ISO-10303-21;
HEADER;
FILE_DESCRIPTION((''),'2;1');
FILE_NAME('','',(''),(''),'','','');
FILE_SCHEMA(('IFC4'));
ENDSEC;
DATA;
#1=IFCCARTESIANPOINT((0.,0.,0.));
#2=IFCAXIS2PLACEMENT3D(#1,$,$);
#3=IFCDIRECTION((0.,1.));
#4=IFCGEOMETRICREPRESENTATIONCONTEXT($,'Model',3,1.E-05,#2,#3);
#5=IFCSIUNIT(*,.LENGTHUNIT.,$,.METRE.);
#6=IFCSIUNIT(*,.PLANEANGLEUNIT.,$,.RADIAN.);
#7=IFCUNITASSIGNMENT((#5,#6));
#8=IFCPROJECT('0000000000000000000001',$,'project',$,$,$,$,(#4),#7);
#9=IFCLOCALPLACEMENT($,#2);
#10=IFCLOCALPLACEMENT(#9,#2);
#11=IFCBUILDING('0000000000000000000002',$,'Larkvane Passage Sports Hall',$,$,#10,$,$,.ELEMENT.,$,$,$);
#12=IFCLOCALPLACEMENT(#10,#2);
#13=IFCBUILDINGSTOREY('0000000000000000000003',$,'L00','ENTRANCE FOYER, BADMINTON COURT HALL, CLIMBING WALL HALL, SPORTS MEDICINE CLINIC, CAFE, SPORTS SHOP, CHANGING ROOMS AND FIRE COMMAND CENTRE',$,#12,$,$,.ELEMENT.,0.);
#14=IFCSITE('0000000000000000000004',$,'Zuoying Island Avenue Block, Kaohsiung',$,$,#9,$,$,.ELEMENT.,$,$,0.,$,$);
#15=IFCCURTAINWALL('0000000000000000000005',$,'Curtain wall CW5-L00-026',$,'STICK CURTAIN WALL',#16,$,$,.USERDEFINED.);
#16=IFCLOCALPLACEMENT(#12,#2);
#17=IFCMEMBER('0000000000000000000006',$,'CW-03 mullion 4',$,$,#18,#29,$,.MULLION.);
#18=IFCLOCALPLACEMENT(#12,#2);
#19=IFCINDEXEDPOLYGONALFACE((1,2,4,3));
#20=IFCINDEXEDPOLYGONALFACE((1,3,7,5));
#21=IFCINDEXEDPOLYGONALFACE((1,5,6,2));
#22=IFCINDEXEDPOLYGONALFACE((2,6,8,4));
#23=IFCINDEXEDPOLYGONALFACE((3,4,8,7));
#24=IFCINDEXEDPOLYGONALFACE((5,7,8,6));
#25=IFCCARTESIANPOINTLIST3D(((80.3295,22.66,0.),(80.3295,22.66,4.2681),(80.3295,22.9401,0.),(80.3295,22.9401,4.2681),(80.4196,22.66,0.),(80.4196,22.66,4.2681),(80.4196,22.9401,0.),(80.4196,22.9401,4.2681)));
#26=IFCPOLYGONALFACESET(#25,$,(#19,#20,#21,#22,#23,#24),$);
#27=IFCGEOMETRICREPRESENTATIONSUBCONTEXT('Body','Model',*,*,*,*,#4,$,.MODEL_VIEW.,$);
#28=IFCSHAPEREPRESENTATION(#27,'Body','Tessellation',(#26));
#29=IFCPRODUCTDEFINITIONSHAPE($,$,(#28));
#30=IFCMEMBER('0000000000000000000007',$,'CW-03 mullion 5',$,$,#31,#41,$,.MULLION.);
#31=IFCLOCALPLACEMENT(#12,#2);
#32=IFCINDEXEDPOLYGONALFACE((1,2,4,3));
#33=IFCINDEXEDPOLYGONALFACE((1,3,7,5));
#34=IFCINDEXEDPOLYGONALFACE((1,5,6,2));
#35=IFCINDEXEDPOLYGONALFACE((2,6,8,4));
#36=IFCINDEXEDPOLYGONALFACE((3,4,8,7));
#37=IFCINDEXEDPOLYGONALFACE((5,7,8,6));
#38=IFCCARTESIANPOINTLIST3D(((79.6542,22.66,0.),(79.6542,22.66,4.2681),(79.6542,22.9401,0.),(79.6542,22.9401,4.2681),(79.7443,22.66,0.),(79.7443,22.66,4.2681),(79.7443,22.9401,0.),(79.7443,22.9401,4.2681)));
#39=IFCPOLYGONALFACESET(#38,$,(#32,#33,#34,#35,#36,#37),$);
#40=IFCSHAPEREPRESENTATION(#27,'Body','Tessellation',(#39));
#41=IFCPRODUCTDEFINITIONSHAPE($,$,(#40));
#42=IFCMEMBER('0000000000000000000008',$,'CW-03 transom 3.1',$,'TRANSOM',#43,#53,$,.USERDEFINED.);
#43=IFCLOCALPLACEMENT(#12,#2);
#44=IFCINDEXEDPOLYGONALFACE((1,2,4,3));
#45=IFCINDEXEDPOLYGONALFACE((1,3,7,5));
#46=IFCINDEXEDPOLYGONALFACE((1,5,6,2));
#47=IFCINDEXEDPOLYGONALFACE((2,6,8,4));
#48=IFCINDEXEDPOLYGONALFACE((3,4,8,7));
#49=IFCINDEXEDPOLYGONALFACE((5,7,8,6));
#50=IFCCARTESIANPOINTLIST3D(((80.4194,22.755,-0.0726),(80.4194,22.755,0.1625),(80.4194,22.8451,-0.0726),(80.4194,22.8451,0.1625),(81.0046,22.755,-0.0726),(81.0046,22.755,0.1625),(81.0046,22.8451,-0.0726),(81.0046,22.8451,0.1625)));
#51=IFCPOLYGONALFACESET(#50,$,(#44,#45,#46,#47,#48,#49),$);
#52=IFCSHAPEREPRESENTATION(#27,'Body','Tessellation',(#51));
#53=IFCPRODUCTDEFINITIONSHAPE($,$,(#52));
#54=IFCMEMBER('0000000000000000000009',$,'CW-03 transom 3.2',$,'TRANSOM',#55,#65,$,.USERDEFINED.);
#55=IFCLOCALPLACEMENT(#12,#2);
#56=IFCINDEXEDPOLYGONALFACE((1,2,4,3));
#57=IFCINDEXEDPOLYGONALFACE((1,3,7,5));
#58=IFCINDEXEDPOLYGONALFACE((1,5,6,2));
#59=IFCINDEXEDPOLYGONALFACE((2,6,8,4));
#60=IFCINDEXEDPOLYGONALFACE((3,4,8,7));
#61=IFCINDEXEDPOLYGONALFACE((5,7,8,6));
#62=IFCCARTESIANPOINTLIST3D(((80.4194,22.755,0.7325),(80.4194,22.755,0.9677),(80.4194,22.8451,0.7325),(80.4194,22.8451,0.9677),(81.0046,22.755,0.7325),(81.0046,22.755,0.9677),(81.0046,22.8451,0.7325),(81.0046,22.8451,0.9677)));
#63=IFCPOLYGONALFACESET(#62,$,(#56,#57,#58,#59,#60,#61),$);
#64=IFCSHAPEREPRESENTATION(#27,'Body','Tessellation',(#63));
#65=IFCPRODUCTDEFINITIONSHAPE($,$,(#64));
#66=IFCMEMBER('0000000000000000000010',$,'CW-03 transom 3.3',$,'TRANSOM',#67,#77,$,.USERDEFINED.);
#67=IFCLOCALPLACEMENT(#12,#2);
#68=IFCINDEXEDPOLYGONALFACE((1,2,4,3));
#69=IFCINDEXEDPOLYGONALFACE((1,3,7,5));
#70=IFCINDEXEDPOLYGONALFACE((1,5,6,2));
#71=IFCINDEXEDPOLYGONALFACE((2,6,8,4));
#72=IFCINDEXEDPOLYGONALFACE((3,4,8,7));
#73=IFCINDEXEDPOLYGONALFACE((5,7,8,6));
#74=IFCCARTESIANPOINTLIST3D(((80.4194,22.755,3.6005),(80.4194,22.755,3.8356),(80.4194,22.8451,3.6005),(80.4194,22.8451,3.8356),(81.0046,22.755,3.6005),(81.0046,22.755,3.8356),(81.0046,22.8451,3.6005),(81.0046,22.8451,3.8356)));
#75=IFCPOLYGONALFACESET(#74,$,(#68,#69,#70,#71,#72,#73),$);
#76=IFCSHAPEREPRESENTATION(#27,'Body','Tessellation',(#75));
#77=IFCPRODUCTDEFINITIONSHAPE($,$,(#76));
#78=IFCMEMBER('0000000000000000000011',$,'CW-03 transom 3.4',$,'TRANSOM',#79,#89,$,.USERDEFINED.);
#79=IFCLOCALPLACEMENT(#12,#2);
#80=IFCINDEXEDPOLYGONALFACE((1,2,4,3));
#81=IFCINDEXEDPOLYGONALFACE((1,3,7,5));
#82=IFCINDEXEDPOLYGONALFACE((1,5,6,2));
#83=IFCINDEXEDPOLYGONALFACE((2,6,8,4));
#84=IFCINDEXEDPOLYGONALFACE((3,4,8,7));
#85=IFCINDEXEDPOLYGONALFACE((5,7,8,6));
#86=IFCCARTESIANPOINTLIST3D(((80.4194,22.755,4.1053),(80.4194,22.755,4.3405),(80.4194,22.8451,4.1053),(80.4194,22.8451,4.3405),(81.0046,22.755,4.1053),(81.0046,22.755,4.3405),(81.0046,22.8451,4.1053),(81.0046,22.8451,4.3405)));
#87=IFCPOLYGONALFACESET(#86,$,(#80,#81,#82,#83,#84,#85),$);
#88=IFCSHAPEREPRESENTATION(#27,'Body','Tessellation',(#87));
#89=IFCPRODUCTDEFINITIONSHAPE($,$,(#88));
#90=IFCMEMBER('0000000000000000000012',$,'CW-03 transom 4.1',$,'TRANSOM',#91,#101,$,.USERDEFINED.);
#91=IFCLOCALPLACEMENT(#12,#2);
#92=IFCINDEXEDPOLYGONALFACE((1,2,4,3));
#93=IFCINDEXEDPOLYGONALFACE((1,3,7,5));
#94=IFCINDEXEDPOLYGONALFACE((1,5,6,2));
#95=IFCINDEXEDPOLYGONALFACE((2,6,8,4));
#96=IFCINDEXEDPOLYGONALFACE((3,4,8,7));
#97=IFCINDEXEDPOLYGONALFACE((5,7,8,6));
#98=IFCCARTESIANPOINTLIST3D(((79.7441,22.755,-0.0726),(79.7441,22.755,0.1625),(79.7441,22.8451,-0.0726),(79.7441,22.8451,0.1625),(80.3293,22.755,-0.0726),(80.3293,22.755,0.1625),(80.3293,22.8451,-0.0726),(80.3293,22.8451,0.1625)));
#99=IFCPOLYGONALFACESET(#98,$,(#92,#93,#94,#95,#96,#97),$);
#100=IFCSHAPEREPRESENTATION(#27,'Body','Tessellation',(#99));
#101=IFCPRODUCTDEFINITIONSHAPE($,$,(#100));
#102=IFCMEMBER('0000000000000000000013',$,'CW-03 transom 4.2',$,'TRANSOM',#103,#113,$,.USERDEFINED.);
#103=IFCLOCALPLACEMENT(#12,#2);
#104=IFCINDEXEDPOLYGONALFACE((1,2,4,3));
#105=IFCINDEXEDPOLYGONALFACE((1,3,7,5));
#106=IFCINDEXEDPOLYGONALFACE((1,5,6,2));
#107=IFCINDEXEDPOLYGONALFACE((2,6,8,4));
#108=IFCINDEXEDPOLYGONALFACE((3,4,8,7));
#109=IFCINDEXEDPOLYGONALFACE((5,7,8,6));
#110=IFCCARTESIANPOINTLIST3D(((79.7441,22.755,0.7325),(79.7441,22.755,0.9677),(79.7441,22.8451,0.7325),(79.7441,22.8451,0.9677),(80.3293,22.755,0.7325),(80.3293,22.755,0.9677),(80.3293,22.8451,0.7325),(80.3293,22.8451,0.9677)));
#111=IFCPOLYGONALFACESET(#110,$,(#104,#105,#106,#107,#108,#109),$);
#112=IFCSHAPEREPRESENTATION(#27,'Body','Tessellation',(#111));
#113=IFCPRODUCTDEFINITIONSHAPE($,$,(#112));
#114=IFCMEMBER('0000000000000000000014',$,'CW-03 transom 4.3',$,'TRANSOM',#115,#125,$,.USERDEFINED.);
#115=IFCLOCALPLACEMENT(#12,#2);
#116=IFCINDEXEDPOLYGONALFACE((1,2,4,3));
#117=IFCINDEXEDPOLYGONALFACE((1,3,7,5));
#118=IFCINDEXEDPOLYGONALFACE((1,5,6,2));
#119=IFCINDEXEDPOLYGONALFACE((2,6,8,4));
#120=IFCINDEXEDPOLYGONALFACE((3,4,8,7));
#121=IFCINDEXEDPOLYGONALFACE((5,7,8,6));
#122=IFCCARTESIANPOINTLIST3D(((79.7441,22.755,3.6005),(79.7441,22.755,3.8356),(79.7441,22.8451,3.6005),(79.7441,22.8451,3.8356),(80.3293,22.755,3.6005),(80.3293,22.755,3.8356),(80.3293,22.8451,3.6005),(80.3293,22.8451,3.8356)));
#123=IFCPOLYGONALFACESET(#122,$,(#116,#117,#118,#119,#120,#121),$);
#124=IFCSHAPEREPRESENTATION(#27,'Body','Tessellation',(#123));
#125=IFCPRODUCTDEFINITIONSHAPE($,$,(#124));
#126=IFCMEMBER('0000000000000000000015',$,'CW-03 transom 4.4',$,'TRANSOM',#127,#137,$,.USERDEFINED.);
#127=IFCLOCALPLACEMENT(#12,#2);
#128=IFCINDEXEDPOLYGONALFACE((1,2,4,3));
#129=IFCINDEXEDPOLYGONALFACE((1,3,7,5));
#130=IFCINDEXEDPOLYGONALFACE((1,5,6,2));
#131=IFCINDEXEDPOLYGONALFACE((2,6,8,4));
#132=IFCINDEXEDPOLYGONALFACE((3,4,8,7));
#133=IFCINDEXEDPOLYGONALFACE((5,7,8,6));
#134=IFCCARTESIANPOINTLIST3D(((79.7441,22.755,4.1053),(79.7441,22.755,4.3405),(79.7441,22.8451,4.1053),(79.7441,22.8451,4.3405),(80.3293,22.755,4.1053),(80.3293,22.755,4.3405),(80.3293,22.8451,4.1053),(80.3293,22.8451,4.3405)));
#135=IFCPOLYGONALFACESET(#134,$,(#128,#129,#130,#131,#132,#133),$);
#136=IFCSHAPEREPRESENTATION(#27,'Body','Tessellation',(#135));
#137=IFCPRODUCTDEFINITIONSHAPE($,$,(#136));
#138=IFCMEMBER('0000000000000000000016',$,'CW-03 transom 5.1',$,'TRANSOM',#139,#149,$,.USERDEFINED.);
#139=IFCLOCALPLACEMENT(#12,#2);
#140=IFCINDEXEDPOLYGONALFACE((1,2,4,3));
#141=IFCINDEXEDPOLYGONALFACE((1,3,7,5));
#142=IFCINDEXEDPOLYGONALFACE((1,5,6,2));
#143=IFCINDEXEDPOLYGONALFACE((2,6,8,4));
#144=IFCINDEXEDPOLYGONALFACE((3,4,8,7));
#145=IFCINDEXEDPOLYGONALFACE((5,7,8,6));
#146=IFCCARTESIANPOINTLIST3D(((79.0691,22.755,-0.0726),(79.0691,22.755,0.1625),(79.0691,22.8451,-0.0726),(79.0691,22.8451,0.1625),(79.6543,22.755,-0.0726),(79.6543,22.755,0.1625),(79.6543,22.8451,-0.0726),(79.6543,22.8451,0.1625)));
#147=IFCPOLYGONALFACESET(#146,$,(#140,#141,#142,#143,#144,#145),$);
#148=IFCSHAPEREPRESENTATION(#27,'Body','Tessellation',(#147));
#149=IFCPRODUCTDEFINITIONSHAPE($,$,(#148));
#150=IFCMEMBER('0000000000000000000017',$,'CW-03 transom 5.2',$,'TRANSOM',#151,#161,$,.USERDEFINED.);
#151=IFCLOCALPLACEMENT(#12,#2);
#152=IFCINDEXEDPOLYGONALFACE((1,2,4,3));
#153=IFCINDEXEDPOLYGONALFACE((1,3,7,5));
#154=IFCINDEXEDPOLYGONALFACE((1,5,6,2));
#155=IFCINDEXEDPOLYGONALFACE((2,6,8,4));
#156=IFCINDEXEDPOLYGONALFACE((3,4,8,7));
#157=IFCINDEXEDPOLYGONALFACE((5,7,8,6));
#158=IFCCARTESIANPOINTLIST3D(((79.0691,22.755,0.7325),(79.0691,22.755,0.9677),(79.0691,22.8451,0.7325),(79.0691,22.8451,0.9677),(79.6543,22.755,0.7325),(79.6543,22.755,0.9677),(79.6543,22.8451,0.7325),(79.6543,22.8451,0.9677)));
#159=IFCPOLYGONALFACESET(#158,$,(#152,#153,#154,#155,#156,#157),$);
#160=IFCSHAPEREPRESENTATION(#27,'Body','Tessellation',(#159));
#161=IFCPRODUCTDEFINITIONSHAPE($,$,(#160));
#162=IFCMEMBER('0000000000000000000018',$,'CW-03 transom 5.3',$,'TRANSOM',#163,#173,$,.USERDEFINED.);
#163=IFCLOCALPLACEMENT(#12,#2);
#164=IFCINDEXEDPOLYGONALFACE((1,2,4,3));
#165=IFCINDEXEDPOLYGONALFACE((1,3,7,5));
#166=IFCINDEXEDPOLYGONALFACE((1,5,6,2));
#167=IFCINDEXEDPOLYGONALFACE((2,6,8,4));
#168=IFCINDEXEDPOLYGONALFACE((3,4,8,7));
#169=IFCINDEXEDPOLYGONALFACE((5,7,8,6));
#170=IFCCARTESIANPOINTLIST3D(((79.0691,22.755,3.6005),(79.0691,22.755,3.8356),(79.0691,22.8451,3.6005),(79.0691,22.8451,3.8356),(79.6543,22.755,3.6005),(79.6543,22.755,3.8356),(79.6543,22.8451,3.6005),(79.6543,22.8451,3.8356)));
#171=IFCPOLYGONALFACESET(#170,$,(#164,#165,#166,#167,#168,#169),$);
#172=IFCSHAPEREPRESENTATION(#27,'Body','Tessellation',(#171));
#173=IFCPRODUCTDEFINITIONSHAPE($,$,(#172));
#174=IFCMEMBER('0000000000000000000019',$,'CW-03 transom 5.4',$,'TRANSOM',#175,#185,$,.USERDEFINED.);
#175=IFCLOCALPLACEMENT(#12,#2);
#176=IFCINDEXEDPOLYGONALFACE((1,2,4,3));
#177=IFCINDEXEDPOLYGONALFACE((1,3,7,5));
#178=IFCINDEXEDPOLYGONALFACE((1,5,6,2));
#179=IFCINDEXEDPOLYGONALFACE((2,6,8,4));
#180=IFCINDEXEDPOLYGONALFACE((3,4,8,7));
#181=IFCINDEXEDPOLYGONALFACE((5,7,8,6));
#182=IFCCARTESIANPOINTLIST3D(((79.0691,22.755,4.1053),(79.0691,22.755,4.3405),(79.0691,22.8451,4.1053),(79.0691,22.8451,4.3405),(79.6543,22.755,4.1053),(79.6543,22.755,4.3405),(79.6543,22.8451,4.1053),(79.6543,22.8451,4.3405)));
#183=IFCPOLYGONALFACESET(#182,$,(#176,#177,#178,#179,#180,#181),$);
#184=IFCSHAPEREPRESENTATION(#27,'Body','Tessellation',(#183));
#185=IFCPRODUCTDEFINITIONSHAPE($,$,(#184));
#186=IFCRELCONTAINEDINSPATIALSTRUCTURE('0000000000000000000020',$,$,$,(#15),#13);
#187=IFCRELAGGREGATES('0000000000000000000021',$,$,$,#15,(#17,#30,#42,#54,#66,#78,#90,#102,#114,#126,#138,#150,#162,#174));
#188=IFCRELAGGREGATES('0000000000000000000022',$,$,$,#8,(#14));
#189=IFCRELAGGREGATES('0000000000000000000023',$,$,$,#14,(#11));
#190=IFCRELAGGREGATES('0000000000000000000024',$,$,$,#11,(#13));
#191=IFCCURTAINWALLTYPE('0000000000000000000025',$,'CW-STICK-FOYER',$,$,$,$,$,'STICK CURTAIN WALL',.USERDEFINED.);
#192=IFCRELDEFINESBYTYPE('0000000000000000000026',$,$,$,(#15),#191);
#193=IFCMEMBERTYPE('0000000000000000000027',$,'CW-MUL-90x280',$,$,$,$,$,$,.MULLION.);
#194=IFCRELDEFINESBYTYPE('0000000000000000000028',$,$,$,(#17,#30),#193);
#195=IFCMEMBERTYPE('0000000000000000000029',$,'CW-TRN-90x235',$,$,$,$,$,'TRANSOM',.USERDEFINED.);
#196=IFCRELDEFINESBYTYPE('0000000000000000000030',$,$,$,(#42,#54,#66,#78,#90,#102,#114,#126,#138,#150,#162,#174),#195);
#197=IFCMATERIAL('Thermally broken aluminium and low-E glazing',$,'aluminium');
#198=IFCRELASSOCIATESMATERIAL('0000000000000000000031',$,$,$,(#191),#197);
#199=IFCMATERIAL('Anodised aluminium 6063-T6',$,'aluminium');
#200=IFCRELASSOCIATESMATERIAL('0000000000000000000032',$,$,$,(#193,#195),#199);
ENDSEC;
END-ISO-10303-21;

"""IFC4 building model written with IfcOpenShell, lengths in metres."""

from ifc_helpers import new_model, si_unit, direction, frame, origin, origin_2d, place, context, subcontext, project, spatial, rectangle, extrude, material, material_profile, profile_set, type_object, element, aggregate, save


model = new_model("IFC4")

# Units and contexts
model_context = context("Model", 3, precision=1e-05, world=origin(), true_north=direction((0.0, 1.0)))
body_context = subcontext(model_context, "Body", "Model", "MODEL_VIEW")
ifc_project = project(units=[si_unit("LENGTHUNIT", "METRE"), si_unit("PLANEANGLEUNIT", "RADIAN")], contexts=[model_context])

# Site, building, storey
site_placement = place(None, origin())
site = spatial("IfcSite", under=ifc_project, at=site_placement, Name="Zuoying Island Avenue Block, Kaohsiung", CompositionType="ELEMENT", RefElevation=0.0)
building_placement = place(site_placement, origin())
building = spatial("IfcBuilding", under=site, at=building_placement, Name="Larkvane Passage Sports Hall", CompositionType="ELEMENT")
storey_placement = place(building_placement, origin())
storey = spatial("IfcBuildingStorey", under=building, at=storey_placement, Name="L00", Description="ENTRANCE FOYER, BADMINTON COURT HALL, CLIMBING WALL HALL, SPORTS MEDICINE CLINIC, CAFE, SPORTS SHOP, CHANGING ROOMS AND FIRE COMMAND CENTRE", CompositionType="ELEMENT", Elevation=0.0)

# Curtain wall, members
ifc_material_1 = material(Name="Thermally broken aluminium and low-E glazing", Category="aluminium")
curtain_wall_type = type_object("IfcCurtainWallType", Name="CW-STICK-FOYER", ElementType="STICK CURTAIN WALL", PredefinedType="USERDEFINED", material=ifc_material_1)
curtain_wall_placement = place(storey_placement, origin())
curtain_wall = element("IfcCurtainWall", 1, at=curtain_wall_placement, inside=storey, type_object=curtain_wall_type, Name="Curtain wall CW5-L00-026", ObjectType="STICK CURTAIN WALL", PredefinedType="USERDEFINED")
ifc_material_2 = material(Name="Anodised aluminium 6063-T6", Category="aluminium")
ifc_material_profile_1 = material_profile(ifc_material_2, rectangle(XDim=0.0901, YDim=0.28, at=origin_2d()), Name="ALU-MUL-90x280")
ifc_profile_set_1 = profile_set([ifc_material_profile_1], Name="Anodised aluminium 6063-T6")
member_type_1 = type_object("IfcMemberType", Name="CW-MUL-90x280", PredefinedType="MULLION", material=ifc_profile_set_1)
member_1_placement = place(storey_placement, frame((80.3745, 22.8, 0.0), z_axis=(0.0, 0.0, 1.0), x_axis=(-1.0, 0.0, 0.0)))
member_1 = element("IfcMember", 2, at=member_1_placement, type_object=member_type_1, Name="CW-03 mullion 4", PredefinedType="MULLION", context=body_context, shape_type="SweptSolid", body=[
    extrude(rectangle(XDim=0.0901, YDim=0.28, at=origin_2d()), origin(), (0.0, 0.0, 1.0), 4.2681),
])
member_2_placement = place(storey_placement, frame((79.6992, 22.8, 0.0), z_axis=(0.0, 0.0, 1.0), x_axis=(-1.0, 0.0, 0.0)))
member_2 = element("IfcMember", 3, at=member_2_placement, type_object=member_type_1, Name="CW-03 mullion 5", PredefinedType="MULLION", context=body_context, shape_type="SweptSolid", body=[
    extrude(rectangle(XDim=0.0901, YDim=0.28, at=origin_2d()), origin(), (0.0, 0.0, 1.0), 4.2681),
])
ifc_material_profile_2 = material_profile(ifc_material_2, rectangle(XDim=0.0901, YDim=0.2351, at=origin_2d()), Name="ALU-TRN-90x235")
ifc_profile_set_2 = profile_set([ifc_material_profile_2], Name="Anodised aluminium 6063-T6")
member_type_2 = type_object("IfcMemberType", Name="CW-TRN-90x235", ElementType="TRANSOM", PredefinedType="USERDEFINED", material=ifc_profile_set_2)
member_3_placement = place(storey_placement, frame((81.0046, 22.8, 0.0449), z_axis=(-1.0, 0.0, 0.0), x_axis=(0.0, -1.0, 0.0)))
member_3 = element("IfcMember", 4, at=member_3_placement, type_object=member_type_2, Name="CW-03 transom 3.1", ObjectType="TRANSOM", PredefinedType="USERDEFINED", context=body_context, shape_type="SweptSolid", body=[
    extrude(rectangle(XDim=0.0901, YDim=0.2351, at=origin_2d()), origin(), (0.0, 0.0, 1.0), 0.5852),
])
member_4_placement = place(storey_placement, frame((81.0046, 22.8, 0.8501), z_axis=(-1.0, 0.0, 0.0), x_axis=(0.0, -1.0, 0.0)))
member_4 = element("IfcMember", 5, at=member_4_placement, type_object=member_type_2, Name="CW-03 transom 3.2", ObjectType="TRANSOM", PredefinedType="USERDEFINED", context=body_context, shape_type="SweptSolid", body=[
    extrude(rectangle(XDim=0.0901, YDim=0.2351, at=origin_2d()), origin(), (0.0, 0.0, 1.0), 0.5852),
])
member_5_placement = place(storey_placement, frame((81.0046, 22.8, 3.718), z_axis=(-1.0, 0.0, 0.0), x_axis=(0.0, -1.0, 0.0)))
member_5 = element("IfcMember", 6, at=member_5_placement, type_object=member_type_2, Name="CW-03 transom 3.3", ObjectType="TRANSOM", PredefinedType="USERDEFINED", context=body_context, shape_type="SweptSolid", body=[
    extrude(rectangle(XDim=0.0901, YDim=0.2351, at=origin_2d()), origin(), (0.0, 0.0, 1.0), 0.5852),
])
member_6_placement = place(storey_placement, frame((81.0046, 22.8, 4.2229), z_axis=(-1.0, 0.0, 0.0), x_axis=(0.0, -1.0, 0.0)))
member_6 = element("IfcMember", 7, at=member_6_placement, type_object=member_type_2, Name="CW-03 transom 3.4", ObjectType="TRANSOM", PredefinedType="USERDEFINED", context=body_context, shape_type="SweptSolid", body=[
    extrude(rectangle(XDim=0.0901, YDim=0.2351, at=origin_2d()), origin(), (0.0, 0.0, 1.0), 0.5852),
])
member_7_placement = place(storey_placement, frame((80.3293, 22.8, 0.0449), z_axis=(-1.0, 0.0, 0.0), x_axis=(0.0, -1.0, 0.0)))
member_7 = element("IfcMember", 8, at=member_7_placement, type_object=member_type_2, Name="CW-03 transom 4.1", ObjectType="TRANSOM", PredefinedType="USERDEFINED", context=body_context, shape_type="SweptSolid", body=[
    extrude(rectangle(XDim=0.0901, YDim=0.2351, at=origin_2d()), origin(), (0.0, 0.0, 1.0), 0.5852),
])
member_8_placement = place(storey_placement, frame((80.3293, 22.8, 0.8501), z_axis=(-1.0, 0.0, 0.0), x_axis=(0.0, -1.0, 0.0)))
member_8 = element("IfcMember", 9, at=member_8_placement, type_object=member_type_2, Name="CW-03 transom 4.2", ObjectType="TRANSOM", PredefinedType="USERDEFINED", context=body_context, shape_type="SweptSolid", body=[
    extrude(rectangle(XDim=0.0901, YDim=0.2351, at=origin_2d()), origin(), (0.0, 0.0, 1.0), 0.5852),
])
member_9_placement = place(storey_placement, frame((80.3293, 22.8, 3.718), z_axis=(-1.0, 0.0, 0.0), x_axis=(0.0, -1.0, 0.0)))
member_9 = element("IfcMember", 10, at=member_9_placement, type_object=member_type_2, Name="CW-03 transom 4.3", ObjectType="TRANSOM", PredefinedType="USERDEFINED", context=body_context, shape_type="SweptSolid", body=[
    extrude(rectangle(XDim=0.0901, YDim=0.2351, at=origin_2d()), origin(), (0.0, 0.0, 1.0), 0.5852),
])
member_10_placement = place(storey_placement, frame((80.3293, 22.8, 4.2229), z_axis=(-1.0, 0.0, 0.0), x_axis=(0.0, -1.0, 0.0)))
member_10 = element("IfcMember", 11, at=member_10_placement, type_object=member_type_2, Name="CW-03 transom 4.4", ObjectType="TRANSOM", PredefinedType="USERDEFINED", context=body_context, shape_type="SweptSolid", body=[
    extrude(rectangle(XDim=0.0901, YDim=0.2351, at=origin_2d()), origin(), (0.0, 0.0, 1.0), 0.5852),
])
member_11_placement = place(storey_placement, frame((79.6543, 22.8, 0.0449), z_axis=(-1.0, 0.0, 0.0), x_axis=(0.0, -1.0, 0.0)))
member_11 = element("IfcMember", 12, at=member_11_placement, type_object=member_type_2, Name="CW-03 transom 5.1", ObjectType="TRANSOM", PredefinedType="USERDEFINED", context=body_context, shape_type="SweptSolid", body=[
    extrude(rectangle(XDim=0.0901, YDim=0.2351, at=origin_2d()), origin(), (0.0, 0.0, 1.0), 0.5852),
])
member_12_placement = place(storey_placement, frame((79.6543, 22.8, 0.8501), z_axis=(-1.0, 0.0, 0.0), x_axis=(0.0, -1.0, 0.0)))
member_12 = element("IfcMember", 13, at=member_12_placement, type_object=member_type_2, Name="CW-03 transom 5.2", ObjectType="TRANSOM", PredefinedType="USERDEFINED", context=body_context, shape_type="SweptSolid", body=[
    extrude(rectangle(XDim=0.0901, YDim=0.2351, at=origin_2d()), origin(), (0.0, 0.0, 1.0), 0.5852),
])
member_13_placement = place(storey_placement, frame((79.6543, 22.8, 3.718), z_axis=(-1.0, 0.0, 0.0), x_axis=(0.0, -1.0, 0.0)))
member_13 = element("IfcMember", 14, at=member_13_placement, type_object=member_type_2, Name="CW-03 transom 5.3", ObjectType="TRANSOM", PredefinedType="USERDEFINED", context=body_context, shape_type="SweptSolid", body=[
    extrude(rectangle(XDim=0.0901, YDim=0.2351, at=origin_2d()), origin(), (0.0, 0.0, 1.0), 0.5852),
])
member_14_placement = place(storey_placement, frame((79.6543, 22.8, 4.2229), z_axis=(-1.0, 0.0, 0.0), x_axis=(0.0, -1.0, 0.0)))
member_14 = element("IfcMember", 15, at=member_14_placement, type_object=member_type_2, Name="CW-03 transom 5.4", ObjectType="TRANSOM", PredefinedType="USERDEFINED", context=body_context, shape_type="SweptSolid", body=[
    extrude(rectangle(XDim=0.0901, YDim=0.2351, at=origin_2d()), origin(), (0.0, 0.0, 1.0), 0.5852),
])
aggregate(curtain_wall, [member_1, member_2, member_3, member_4, member_5, member_6, member_7, member_8, member_9, member_10, member_11, member_12, member_13, member_14])

save(model, "model.ifc")
